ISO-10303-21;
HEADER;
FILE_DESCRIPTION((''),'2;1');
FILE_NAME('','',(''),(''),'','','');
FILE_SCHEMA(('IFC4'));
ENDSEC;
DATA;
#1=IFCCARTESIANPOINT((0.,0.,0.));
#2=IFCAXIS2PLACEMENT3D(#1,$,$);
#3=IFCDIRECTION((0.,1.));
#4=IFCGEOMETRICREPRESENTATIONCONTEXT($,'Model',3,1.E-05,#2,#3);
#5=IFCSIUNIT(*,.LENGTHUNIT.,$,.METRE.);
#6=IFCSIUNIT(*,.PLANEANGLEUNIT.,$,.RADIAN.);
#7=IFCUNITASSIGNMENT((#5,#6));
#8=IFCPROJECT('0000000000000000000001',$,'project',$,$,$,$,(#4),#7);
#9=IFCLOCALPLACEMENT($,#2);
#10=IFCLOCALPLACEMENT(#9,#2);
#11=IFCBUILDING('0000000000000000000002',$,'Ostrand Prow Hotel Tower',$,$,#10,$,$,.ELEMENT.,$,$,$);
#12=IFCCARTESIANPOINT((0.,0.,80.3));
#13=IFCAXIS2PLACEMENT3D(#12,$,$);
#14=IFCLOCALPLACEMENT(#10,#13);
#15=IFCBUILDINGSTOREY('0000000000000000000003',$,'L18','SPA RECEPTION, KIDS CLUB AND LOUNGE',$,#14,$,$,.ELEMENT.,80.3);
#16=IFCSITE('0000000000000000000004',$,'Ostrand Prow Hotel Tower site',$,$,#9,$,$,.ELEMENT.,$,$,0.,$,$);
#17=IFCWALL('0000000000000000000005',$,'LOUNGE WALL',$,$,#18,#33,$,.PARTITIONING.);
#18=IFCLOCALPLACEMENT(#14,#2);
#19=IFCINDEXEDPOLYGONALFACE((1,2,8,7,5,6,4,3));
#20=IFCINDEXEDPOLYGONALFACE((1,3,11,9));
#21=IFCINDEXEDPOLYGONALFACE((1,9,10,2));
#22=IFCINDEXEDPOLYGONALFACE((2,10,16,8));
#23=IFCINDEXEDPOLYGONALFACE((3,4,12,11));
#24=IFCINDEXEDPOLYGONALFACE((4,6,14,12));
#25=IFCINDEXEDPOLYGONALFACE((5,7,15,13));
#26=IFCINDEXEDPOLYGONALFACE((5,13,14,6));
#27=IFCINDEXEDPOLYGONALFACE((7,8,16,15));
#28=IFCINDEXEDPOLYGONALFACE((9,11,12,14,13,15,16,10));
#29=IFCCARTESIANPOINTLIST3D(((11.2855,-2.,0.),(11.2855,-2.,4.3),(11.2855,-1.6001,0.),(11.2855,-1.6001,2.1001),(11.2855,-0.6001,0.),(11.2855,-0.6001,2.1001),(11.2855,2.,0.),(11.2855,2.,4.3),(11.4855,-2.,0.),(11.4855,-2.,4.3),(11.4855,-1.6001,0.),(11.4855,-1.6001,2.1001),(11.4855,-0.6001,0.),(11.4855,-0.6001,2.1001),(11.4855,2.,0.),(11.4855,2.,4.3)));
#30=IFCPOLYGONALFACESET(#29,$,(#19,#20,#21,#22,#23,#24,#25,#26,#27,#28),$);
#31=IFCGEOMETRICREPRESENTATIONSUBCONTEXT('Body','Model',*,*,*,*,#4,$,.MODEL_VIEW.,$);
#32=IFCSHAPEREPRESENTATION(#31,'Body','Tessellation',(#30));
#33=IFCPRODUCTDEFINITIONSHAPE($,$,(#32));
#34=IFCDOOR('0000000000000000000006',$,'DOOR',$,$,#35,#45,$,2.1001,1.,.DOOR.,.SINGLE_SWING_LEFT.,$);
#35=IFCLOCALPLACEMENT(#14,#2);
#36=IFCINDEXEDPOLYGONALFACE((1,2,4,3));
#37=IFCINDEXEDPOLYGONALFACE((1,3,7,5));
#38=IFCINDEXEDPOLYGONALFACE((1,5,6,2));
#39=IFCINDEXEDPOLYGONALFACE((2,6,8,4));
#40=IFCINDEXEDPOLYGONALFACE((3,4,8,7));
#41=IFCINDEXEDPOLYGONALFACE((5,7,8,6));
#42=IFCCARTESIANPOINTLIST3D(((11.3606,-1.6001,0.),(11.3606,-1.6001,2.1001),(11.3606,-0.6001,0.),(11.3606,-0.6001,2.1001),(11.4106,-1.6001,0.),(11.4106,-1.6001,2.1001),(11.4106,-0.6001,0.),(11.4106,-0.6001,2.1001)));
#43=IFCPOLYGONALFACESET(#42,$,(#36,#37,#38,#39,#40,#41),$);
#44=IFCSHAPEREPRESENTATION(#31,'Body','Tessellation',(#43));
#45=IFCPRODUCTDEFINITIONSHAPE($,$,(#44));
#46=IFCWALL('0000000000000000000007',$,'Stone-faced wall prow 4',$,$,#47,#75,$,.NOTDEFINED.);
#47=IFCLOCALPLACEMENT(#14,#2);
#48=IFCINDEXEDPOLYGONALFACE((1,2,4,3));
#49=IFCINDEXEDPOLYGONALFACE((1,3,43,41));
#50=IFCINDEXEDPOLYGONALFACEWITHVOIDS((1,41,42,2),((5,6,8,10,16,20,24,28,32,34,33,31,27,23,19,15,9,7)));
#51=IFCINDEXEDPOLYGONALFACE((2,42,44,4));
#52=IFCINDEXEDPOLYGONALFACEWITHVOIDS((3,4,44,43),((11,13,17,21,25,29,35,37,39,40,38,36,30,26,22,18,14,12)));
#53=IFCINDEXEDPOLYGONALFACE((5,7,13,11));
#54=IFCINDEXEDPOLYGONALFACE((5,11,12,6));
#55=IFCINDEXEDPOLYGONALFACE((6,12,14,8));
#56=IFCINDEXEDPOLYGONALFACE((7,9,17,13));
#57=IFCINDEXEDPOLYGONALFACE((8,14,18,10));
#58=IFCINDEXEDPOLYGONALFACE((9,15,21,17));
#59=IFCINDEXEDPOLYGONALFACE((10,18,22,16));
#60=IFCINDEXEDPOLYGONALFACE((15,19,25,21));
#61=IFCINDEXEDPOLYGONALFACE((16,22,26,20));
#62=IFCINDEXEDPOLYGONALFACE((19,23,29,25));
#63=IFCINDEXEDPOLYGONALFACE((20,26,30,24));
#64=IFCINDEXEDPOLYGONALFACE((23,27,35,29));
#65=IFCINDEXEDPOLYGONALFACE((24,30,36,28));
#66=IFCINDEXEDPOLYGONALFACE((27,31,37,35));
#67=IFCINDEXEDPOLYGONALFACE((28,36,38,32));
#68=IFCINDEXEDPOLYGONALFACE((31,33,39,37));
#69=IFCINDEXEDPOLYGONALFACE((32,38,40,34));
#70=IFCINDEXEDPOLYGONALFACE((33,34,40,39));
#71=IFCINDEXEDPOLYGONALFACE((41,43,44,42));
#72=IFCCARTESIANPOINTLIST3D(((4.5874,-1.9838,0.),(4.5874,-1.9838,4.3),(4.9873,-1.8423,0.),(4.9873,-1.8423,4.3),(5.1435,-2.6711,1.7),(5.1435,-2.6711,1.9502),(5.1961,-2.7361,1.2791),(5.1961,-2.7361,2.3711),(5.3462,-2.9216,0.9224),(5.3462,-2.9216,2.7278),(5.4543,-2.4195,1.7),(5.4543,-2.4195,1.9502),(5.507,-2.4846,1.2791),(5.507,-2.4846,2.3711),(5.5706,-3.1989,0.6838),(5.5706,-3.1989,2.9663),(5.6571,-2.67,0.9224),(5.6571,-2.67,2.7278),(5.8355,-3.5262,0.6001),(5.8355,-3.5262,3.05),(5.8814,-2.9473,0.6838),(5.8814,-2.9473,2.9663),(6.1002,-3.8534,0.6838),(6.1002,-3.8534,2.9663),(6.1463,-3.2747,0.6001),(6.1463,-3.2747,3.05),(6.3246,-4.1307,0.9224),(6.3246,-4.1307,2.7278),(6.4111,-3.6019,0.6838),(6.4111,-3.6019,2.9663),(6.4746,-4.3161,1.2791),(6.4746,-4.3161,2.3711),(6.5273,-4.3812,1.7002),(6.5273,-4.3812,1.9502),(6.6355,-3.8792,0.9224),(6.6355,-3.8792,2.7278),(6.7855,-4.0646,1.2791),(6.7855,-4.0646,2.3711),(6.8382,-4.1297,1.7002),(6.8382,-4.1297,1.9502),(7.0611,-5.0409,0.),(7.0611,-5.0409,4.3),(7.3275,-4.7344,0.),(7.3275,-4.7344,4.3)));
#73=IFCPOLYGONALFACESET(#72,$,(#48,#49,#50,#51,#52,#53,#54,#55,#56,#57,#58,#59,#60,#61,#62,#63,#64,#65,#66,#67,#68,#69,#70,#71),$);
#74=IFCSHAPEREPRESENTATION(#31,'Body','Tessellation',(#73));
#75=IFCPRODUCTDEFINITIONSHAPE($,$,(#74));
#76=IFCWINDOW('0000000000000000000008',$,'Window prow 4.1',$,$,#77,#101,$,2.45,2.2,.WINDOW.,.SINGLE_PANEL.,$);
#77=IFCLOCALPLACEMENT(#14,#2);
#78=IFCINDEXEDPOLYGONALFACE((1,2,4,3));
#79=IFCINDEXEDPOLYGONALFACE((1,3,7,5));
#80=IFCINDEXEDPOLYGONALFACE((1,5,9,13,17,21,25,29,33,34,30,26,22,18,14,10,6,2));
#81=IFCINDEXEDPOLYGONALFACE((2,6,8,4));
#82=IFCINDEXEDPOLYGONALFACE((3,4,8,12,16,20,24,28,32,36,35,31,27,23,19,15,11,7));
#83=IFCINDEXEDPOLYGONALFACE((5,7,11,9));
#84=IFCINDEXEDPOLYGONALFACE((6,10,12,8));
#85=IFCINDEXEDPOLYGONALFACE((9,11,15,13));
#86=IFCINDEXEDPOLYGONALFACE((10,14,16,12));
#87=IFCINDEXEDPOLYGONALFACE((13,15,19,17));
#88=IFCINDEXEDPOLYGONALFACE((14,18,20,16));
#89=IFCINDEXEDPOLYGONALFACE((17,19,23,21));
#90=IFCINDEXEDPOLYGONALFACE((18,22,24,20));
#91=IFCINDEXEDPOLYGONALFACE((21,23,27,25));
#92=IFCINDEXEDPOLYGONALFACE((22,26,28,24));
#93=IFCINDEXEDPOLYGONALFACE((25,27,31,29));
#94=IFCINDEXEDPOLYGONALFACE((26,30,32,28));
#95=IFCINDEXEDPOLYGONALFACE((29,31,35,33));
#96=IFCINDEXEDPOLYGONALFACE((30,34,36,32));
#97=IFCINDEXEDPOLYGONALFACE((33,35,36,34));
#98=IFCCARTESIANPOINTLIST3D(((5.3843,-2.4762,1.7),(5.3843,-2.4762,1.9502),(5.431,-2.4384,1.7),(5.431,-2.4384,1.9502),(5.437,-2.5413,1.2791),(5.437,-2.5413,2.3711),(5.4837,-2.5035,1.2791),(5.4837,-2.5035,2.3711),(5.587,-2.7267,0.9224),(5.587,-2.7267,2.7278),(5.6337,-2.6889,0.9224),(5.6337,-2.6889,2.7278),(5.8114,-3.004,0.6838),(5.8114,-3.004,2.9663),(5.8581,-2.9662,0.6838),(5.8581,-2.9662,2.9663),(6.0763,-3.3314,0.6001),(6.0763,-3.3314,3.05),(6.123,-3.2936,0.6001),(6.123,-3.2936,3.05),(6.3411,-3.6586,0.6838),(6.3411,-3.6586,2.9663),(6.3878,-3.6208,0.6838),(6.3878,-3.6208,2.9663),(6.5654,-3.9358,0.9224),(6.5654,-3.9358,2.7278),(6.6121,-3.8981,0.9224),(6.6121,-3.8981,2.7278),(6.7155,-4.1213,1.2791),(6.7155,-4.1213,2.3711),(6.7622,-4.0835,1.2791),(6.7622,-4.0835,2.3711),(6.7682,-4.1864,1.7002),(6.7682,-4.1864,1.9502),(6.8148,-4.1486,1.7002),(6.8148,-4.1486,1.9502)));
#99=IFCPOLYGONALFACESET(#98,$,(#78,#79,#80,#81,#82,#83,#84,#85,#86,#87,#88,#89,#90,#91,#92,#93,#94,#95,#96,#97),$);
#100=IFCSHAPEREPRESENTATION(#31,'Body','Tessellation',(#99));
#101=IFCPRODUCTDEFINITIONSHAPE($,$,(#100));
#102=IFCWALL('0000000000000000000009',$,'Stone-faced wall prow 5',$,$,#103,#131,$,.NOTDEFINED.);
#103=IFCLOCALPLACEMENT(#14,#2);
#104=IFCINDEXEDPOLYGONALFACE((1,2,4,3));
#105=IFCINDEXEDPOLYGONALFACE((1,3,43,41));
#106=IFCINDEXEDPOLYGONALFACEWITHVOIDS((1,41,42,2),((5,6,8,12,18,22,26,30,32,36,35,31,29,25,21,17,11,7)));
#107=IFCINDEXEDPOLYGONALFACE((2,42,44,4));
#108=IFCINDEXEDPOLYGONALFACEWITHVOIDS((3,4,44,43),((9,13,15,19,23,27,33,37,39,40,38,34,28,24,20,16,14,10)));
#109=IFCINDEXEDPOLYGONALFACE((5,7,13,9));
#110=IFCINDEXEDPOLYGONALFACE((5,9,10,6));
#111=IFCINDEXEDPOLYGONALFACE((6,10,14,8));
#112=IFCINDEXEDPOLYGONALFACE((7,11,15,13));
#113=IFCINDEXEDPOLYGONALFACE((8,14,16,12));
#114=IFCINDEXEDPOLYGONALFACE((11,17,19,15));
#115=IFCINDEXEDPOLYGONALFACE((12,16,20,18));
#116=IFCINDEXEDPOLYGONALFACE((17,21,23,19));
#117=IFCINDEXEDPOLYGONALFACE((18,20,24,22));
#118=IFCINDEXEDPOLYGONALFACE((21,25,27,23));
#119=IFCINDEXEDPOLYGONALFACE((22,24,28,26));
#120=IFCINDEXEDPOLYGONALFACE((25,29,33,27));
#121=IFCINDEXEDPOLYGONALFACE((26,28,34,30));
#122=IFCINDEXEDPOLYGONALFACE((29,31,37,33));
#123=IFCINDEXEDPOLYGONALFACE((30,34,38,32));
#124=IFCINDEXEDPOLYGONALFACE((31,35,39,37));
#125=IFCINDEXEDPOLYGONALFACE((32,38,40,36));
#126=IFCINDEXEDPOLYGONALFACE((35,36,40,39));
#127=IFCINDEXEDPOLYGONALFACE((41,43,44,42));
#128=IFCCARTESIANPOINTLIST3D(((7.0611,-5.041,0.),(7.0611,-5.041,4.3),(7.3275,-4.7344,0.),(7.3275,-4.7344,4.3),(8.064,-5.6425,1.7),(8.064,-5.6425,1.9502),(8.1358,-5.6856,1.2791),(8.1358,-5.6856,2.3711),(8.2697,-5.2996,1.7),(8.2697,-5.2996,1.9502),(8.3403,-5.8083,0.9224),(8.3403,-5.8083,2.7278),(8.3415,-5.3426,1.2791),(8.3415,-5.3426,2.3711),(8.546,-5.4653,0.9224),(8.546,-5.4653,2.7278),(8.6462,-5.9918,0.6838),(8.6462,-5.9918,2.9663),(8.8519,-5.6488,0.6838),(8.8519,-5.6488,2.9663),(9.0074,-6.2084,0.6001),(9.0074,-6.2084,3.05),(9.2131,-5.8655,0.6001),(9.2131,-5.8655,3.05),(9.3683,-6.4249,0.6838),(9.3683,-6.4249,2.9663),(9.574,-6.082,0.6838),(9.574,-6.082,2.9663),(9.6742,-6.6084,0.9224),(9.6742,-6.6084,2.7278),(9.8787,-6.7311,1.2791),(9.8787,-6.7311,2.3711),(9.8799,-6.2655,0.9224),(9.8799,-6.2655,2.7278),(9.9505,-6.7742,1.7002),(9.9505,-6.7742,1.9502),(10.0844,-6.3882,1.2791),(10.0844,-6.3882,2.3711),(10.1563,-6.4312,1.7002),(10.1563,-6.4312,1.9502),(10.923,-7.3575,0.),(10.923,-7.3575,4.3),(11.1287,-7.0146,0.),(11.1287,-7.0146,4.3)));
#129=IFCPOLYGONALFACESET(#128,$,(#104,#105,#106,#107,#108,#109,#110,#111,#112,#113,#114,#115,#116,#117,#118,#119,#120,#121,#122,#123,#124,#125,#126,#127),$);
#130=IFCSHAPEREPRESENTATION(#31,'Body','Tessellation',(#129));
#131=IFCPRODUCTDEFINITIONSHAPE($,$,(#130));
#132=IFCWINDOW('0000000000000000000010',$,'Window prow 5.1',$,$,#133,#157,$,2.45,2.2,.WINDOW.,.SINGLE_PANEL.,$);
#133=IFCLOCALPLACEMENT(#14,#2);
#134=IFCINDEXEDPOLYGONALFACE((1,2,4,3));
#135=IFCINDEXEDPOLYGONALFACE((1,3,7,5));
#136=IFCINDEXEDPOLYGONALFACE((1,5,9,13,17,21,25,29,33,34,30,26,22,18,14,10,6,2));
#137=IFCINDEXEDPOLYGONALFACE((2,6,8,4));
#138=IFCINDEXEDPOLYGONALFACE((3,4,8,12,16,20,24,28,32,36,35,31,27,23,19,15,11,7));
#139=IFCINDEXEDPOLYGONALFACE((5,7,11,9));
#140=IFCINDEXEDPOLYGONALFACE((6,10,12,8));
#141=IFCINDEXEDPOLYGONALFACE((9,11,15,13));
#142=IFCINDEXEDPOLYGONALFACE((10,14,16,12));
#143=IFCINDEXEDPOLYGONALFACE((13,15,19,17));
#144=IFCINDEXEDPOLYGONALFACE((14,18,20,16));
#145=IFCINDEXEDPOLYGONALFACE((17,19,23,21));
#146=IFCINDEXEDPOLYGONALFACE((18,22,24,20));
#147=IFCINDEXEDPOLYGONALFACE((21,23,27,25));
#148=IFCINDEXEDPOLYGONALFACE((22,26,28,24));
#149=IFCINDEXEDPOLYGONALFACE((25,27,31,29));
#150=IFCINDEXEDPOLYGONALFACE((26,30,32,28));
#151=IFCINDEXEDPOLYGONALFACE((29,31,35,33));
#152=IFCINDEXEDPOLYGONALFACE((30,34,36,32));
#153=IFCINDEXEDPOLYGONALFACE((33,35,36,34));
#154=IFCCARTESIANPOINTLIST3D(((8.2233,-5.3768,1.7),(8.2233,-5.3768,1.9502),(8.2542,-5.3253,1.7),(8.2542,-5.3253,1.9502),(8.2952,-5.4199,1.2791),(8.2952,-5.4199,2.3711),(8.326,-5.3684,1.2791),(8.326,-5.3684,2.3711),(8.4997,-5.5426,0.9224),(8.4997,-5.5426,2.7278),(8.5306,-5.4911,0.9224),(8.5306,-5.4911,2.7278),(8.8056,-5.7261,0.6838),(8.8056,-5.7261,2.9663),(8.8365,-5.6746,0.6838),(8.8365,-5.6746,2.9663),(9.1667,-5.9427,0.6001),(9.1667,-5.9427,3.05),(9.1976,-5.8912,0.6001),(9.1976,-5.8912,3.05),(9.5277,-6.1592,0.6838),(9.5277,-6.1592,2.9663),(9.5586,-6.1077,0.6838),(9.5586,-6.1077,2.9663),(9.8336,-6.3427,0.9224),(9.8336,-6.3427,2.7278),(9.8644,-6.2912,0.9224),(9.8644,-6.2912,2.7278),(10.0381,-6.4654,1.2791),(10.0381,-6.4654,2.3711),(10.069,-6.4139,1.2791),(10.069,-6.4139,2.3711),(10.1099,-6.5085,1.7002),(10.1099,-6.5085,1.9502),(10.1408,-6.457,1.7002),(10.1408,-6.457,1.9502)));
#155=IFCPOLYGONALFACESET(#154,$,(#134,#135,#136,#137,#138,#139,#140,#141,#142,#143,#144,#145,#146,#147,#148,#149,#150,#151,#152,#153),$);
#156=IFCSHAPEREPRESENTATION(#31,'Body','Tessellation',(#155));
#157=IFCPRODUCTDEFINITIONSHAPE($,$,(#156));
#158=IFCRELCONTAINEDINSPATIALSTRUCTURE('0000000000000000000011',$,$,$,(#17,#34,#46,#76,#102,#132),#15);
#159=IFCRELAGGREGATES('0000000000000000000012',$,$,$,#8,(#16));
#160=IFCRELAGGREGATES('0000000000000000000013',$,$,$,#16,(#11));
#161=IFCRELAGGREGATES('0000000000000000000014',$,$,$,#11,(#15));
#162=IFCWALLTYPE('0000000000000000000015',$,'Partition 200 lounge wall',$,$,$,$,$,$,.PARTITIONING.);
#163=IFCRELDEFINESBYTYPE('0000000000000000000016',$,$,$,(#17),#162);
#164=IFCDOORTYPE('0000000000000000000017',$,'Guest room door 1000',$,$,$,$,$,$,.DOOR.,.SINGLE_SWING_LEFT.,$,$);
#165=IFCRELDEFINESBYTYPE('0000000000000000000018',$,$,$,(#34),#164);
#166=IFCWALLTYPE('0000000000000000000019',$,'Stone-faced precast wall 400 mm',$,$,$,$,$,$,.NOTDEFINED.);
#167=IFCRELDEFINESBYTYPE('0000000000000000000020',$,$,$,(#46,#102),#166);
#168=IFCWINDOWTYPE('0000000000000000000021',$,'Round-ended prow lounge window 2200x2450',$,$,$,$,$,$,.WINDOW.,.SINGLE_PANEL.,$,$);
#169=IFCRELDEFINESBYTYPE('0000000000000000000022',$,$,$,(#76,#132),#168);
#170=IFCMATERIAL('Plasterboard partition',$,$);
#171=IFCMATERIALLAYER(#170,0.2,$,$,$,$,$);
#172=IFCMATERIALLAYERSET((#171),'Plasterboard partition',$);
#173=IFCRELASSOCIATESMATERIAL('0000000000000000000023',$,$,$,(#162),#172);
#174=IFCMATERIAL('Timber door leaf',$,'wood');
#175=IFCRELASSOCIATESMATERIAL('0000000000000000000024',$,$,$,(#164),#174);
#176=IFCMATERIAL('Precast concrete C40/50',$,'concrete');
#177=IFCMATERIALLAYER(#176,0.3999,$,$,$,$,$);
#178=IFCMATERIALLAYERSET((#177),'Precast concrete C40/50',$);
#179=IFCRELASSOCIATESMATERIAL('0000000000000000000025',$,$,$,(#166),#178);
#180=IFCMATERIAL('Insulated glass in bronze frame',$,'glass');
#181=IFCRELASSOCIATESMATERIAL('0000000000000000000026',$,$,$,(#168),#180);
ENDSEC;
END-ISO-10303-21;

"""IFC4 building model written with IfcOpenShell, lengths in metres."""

from ifc_helpers import new_model, si_unit, direction, frame, frame_2d, origin, place, context, subcontext, project, spatial, polyline, rectangle, outline, extrude, material, layer, layer_set, type_object, element, fill, save


model = new_model("IFC4")

# Units and contexts
model_context = context("Model", 3, precision=1e-05, world=origin(), true_north=direction((0.0, 1.0)))
body_context = subcontext(model_context, "Body", "Model", "MODEL_VIEW")
ifc_project = project(units=[si_unit("LENGTHUNIT", "METRE"), si_unit("PLANEANGLEUNIT", "RADIAN")], contexts=[model_context])

# Site, building, storey
site_placement = place(None, origin())
site = spatial("IfcSite", under=ifc_project, at=site_placement, Name="Ostrand Prow Hotel Tower site", CompositionType="ELEMENT", RefElevation=0.0)
building_placement = place(site_placement, origin())
building = spatial("IfcBuilding", under=site, at=building_placement, Name="Ostrand Prow Hotel Tower", CompositionType="ELEMENT")
storey_placement = place(building_placement, frame((0.0, 0.0, 80.3)))
storey = spatial("IfcBuildingStorey", under=building, at=storey_placement, Name="L18", Description="SPA RECEPTION, KIDS CLUB AND LOUNGE", CompositionType="ELEMENT", Elevation=80.3)

# Wall, opening, door
ifc_material_1 = material(Name="Plasterboard partition")
ifc_layer_1 = layer(ifc_material_1, 0.2)
ifc_layer_set_1 = layer_set([ifc_layer_1], Name="Plasterboard partition")
wall_type_1 = type_object("IfcWallType", Name="Partition 200 lounge wall", PredefinedType="PARTITIONING", material=ifc_layer_set_1)
wall_1_placement = place(storey_placement, frame((11.3855, -2.0, 0.0), z_axis=(0.0, 0.0, 1.0), x_axis=(0.0, 1.0, 0.0)))
wall_1 = element("IfcWall", 1, at=wall_1_placement, inside=storey, type_object=wall_type_1, Name="LOUNGE WALL", PredefinedType="PARTITIONING", context=body_context, shape_type="SweptSolid", body=[
    extrude(rectangle(XDim=4.0, YDim=0.2, at=frame_2d((2.0, 0.0))), origin(), (0.0, 0.0, 1.0), 4.3),
])
opening_1_placement = place(wall_1_placement, frame((0.3999, 0.0, 0.0)))
opening_1 = element("IfcOpeningElement", 2, at=opening_1_placement, cuts=wall_1, PredefinedType="OPENING", context=body_context, shape_type="SweptSolid", body=[
    extrude(rectangle(XDim=1.0, YDim=2.1001, at=frame_2d((0.5, 1.05))), frame((0.0, 0.1099, 0.0), z_axis=(0.0, -1.0, 0.0), x_axis=(1.0, 0.0, 0.0)), (0.0, 0.0, 1.0), 0.22),
])
ifc_material_2 = material(Name="Timber door leaf", Category="wood")
door_type_1 = type_object("IfcDoorType", Name="Guest room door 1000", OperationType="SINGLE_SWING_LEFT", PredefinedType="DOOR", material=ifc_material_2)
door_1_placement = place(opening_1_placement, origin())
door_1 = element("IfcDoor", 3, at=door_1_placement, inside=storey, type_object=door_type_1, Name="DOOR", OperationType="SINGLE_SWING_LEFT", OverallHeight=2.1001, OverallWidth=1.0, PredefinedType="DOOR", context=body_context, shape_type="SweptSolid", body=[
    extrude(rectangle(XDim=1.0, YDim=2.1001, at=frame_2d((0.5, 1.05))), frame((0.0, 0.0249, 0.0), z_axis=(0.0, -1.0, 0.0), x_axis=(1.0, 0.0, 0.0)), (0.0, 0.0, 1.0), 0.05),
])
fill(opening_1, door_1)

# Walls, openings, windows
ifc_material_3 = material(Name="Precast concrete C40/50", Category="concrete")
ifc_layer_2 = layer(ifc_material_3, 0.3999)
ifc_layer_set_2 = layer_set([ifc_layer_2], Name="Precast concrete C40/50")
wall_type_2 = type_object("IfcWallType", Name="Stone-faced precast wall 400 mm", PredefinedType="NOTDEFINED", material=ifc_layer_set_2)
wall_2_placement = place(storey_placement, frame((4.7874, -1.9131, 0.0), z_axis=(0.0, 0.0, 1.0), x_axis=(0.629035, -0.777377, 0.0)))
wall_2 = element("IfcWall", 4, at=wall_2_placement, inside=storey, type_object=wall_type_2, Name="Stone-faced wall prow 4", PredefinedType="NOTDEFINED", context=body_context, shape_type="SweptSolid", body=[
    extrude(outline(polyline([(-0.0708, -0.2), (3.8618, -0.2), (3.791, 0.2), (0.0708, 0.2), (-0.0708, -0.2)])), origin(), (0.0, 0.0, 1.0), 4.3),
])
opening_2_placement = place(wall_2_placement, frame((0.8132, 0.0, 0.6001)))
opening_2 = element("IfcOpeningElement", 5, at=opening_2_placement, cuts=wall_2, PredefinedType="OPENING", context=body_context, shape_type="SweptSolid", body=[
    extrude(outline(polyline([(0.0, 1.3501), (0.0837, 1.771), (0.3223, 2.1277), (0.679, 2.3662), (1.1001, 2.45), (1.521, 2.3662), (1.8777, 2.1277), (2.1162, 1.771), (2.2, 1.3501), (2.2, 1.1001), (2.1162, 0.679), (1.8777, 0.3223), (1.521, 0.0837), (1.1001, 0.0), (0.679, 0.0837), (0.3223, 0.3223), (0.0837, 0.679), (0.0, 1.0999), (0.0, 1.3501)])), frame((0.0, 0.21, 0.0), z_axis=(0.0, -1.0, 0.0), x_axis=(1.0, 0.0, 0.0)), (0.0, 0.0, 1.0), 0.4199),
])
ifc_material_4 = material(Name="Insulated glass in bronze frame", Category="glass")
window_type = type_object("IfcWindowType", Name="Round-ended prow lounge window 2200x2450", PartitioningType="SINGLE_PANEL", PredefinedType="WINDOW", material=ifc_material_4)
window_1_placement = place(opening_2_placement, origin())
window_1 = element("IfcWindow", 6, at=window_1_placement, inside=storey, type_object=window_type, Name="Window prow 4.1", OverallHeight=2.45, OverallWidth=2.2, PartitioningType="SINGLE_PANEL", PredefinedType="WINDOW", context=body_context, shape_type="SweptSolid", body=[
    extrude(outline(polyline([(0.0, 1.3501), (0.0837, 1.771), (0.3223, 2.1277), (0.679, 2.3662), (1.1001, 2.45), (1.521, 2.3662), (1.8777, 2.1277), (2.1162, 1.771), (2.2, 1.3501), (2.2, 1.1001), (2.1162, 0.679), (1.8777, 0.3223), (1.521, 0.0837), (1.1001, 0.0), (0.679, 0.0837), (0.3223, 0.3223), (0.0837, 0.679), (0.0, 1.0999), (0.0, 1.3501)])), frame((0.0, 0.1699, 0.0), z_axis=(0.0, -1.0, 0.0), x_axis=(1.0, 0.0, 0.0)), (0.0, 0.0, 1.0), 0.0601),
])
fill(opening_2, window_1)
wall_3_placement = place(storey_placement, frame((7.1943, -4.8877, 0.0), z_axis=(0.0, 0.0, 1.0), x_axis=(0.857551, -0.514399, 0.0)))
wall_3 = element("IfcWall", 7, at=wall_3_placement, inside=storey, type_object=wall_type_2, Name="Stone-faced wall prow 5", PredefinedType="NOTDEFINED", context=body_context, shape_type="SweptSolid", body=[
    extrude(outline(polyline([(-0.0354, -0.2), (4.468, -0.2), (4.468, 0.2), (0.0354, 0.2), (-0.0354, -0.2)])), origin(), (0.0, 0.0, 1.0), 4.3),
])
opening_3_placement = place(wall_3_placement, frame((1.134, 0.0, 0.6001)))
opening_3 = element("IfcOpeningElement", 8, at=opening_3_placement, cuts=wall_3, PredefinedType="OPENING", context=body_context, shape_type="SweptSolid", body=[
    extrude(outline(polyline([(0.0, 1.3501), (0.0837, 1.771), (0.3223, 2.1277), (0.679, 2.3662), (1.1001, 2.45), (1.521, 2.3662), (1.8777, 2.1277), (2.1162, 1.771), (2.2, 1.3501), (2.2, 1.1001), (2.1162, 0.679), (1.8777, 0.3223), (1.521, 0.0837), (1.1001, 0.0), (0.679, 0.0837), (0.3223, 0.3223), (0.0837, 0.679), (0.0, 1.0999), (0.0, 1.3501)])), frame((0.0, 0.21, 0.0), z_axis=(0.0, -1.0, 0.0), x_axis=(1.0, 0.0, 0.0)), (0.0, 0.0, 1.0), 0.4199),
])
window_2_placement = place(opening_3_placement, origin())
window_2 = element("IfcWindow", 9, at=window_2_placement, inside=storey, type_object=window_type, Name="Window prow 5.1", OverallHeight=2.45, OverallWidth=2.2, PartitioningType="SINGLE_PANEL", PredefinedType="WINDOW", context=body_context, shape_type="SweptSolid", body=[
    extrude(outline(polyline([(0.0, 1.3501), (0.0837, 1.771), (0.3223, 2.1277), (0.679, 2.3662), (1.1001, 2.45), (1.521, 2.3662), (1.8777, 2.1277), (2.1162, 1.771), (2.2, 1.3501), (2.2, 1.1001), (2.1162, 0.679), (1.8777, 0.3223), (1.521, 0.0837), (1.1001, 0.0), (0.679, 0.0837), (0.3223, 0.3223), (0.0837, 0.679), (0.0, 1.0999), (0.0, 1.3501)])), frame((0.0, 0.1699, 0.0), z_axis=(0.0, -1.0, 0.0), x_axis=(1.0, 0.0, 0.0)), (0.0, 0.0, 1.0), 0.0601),
])
fill(opening_3, window_2)

save(model, "model.ifc")
